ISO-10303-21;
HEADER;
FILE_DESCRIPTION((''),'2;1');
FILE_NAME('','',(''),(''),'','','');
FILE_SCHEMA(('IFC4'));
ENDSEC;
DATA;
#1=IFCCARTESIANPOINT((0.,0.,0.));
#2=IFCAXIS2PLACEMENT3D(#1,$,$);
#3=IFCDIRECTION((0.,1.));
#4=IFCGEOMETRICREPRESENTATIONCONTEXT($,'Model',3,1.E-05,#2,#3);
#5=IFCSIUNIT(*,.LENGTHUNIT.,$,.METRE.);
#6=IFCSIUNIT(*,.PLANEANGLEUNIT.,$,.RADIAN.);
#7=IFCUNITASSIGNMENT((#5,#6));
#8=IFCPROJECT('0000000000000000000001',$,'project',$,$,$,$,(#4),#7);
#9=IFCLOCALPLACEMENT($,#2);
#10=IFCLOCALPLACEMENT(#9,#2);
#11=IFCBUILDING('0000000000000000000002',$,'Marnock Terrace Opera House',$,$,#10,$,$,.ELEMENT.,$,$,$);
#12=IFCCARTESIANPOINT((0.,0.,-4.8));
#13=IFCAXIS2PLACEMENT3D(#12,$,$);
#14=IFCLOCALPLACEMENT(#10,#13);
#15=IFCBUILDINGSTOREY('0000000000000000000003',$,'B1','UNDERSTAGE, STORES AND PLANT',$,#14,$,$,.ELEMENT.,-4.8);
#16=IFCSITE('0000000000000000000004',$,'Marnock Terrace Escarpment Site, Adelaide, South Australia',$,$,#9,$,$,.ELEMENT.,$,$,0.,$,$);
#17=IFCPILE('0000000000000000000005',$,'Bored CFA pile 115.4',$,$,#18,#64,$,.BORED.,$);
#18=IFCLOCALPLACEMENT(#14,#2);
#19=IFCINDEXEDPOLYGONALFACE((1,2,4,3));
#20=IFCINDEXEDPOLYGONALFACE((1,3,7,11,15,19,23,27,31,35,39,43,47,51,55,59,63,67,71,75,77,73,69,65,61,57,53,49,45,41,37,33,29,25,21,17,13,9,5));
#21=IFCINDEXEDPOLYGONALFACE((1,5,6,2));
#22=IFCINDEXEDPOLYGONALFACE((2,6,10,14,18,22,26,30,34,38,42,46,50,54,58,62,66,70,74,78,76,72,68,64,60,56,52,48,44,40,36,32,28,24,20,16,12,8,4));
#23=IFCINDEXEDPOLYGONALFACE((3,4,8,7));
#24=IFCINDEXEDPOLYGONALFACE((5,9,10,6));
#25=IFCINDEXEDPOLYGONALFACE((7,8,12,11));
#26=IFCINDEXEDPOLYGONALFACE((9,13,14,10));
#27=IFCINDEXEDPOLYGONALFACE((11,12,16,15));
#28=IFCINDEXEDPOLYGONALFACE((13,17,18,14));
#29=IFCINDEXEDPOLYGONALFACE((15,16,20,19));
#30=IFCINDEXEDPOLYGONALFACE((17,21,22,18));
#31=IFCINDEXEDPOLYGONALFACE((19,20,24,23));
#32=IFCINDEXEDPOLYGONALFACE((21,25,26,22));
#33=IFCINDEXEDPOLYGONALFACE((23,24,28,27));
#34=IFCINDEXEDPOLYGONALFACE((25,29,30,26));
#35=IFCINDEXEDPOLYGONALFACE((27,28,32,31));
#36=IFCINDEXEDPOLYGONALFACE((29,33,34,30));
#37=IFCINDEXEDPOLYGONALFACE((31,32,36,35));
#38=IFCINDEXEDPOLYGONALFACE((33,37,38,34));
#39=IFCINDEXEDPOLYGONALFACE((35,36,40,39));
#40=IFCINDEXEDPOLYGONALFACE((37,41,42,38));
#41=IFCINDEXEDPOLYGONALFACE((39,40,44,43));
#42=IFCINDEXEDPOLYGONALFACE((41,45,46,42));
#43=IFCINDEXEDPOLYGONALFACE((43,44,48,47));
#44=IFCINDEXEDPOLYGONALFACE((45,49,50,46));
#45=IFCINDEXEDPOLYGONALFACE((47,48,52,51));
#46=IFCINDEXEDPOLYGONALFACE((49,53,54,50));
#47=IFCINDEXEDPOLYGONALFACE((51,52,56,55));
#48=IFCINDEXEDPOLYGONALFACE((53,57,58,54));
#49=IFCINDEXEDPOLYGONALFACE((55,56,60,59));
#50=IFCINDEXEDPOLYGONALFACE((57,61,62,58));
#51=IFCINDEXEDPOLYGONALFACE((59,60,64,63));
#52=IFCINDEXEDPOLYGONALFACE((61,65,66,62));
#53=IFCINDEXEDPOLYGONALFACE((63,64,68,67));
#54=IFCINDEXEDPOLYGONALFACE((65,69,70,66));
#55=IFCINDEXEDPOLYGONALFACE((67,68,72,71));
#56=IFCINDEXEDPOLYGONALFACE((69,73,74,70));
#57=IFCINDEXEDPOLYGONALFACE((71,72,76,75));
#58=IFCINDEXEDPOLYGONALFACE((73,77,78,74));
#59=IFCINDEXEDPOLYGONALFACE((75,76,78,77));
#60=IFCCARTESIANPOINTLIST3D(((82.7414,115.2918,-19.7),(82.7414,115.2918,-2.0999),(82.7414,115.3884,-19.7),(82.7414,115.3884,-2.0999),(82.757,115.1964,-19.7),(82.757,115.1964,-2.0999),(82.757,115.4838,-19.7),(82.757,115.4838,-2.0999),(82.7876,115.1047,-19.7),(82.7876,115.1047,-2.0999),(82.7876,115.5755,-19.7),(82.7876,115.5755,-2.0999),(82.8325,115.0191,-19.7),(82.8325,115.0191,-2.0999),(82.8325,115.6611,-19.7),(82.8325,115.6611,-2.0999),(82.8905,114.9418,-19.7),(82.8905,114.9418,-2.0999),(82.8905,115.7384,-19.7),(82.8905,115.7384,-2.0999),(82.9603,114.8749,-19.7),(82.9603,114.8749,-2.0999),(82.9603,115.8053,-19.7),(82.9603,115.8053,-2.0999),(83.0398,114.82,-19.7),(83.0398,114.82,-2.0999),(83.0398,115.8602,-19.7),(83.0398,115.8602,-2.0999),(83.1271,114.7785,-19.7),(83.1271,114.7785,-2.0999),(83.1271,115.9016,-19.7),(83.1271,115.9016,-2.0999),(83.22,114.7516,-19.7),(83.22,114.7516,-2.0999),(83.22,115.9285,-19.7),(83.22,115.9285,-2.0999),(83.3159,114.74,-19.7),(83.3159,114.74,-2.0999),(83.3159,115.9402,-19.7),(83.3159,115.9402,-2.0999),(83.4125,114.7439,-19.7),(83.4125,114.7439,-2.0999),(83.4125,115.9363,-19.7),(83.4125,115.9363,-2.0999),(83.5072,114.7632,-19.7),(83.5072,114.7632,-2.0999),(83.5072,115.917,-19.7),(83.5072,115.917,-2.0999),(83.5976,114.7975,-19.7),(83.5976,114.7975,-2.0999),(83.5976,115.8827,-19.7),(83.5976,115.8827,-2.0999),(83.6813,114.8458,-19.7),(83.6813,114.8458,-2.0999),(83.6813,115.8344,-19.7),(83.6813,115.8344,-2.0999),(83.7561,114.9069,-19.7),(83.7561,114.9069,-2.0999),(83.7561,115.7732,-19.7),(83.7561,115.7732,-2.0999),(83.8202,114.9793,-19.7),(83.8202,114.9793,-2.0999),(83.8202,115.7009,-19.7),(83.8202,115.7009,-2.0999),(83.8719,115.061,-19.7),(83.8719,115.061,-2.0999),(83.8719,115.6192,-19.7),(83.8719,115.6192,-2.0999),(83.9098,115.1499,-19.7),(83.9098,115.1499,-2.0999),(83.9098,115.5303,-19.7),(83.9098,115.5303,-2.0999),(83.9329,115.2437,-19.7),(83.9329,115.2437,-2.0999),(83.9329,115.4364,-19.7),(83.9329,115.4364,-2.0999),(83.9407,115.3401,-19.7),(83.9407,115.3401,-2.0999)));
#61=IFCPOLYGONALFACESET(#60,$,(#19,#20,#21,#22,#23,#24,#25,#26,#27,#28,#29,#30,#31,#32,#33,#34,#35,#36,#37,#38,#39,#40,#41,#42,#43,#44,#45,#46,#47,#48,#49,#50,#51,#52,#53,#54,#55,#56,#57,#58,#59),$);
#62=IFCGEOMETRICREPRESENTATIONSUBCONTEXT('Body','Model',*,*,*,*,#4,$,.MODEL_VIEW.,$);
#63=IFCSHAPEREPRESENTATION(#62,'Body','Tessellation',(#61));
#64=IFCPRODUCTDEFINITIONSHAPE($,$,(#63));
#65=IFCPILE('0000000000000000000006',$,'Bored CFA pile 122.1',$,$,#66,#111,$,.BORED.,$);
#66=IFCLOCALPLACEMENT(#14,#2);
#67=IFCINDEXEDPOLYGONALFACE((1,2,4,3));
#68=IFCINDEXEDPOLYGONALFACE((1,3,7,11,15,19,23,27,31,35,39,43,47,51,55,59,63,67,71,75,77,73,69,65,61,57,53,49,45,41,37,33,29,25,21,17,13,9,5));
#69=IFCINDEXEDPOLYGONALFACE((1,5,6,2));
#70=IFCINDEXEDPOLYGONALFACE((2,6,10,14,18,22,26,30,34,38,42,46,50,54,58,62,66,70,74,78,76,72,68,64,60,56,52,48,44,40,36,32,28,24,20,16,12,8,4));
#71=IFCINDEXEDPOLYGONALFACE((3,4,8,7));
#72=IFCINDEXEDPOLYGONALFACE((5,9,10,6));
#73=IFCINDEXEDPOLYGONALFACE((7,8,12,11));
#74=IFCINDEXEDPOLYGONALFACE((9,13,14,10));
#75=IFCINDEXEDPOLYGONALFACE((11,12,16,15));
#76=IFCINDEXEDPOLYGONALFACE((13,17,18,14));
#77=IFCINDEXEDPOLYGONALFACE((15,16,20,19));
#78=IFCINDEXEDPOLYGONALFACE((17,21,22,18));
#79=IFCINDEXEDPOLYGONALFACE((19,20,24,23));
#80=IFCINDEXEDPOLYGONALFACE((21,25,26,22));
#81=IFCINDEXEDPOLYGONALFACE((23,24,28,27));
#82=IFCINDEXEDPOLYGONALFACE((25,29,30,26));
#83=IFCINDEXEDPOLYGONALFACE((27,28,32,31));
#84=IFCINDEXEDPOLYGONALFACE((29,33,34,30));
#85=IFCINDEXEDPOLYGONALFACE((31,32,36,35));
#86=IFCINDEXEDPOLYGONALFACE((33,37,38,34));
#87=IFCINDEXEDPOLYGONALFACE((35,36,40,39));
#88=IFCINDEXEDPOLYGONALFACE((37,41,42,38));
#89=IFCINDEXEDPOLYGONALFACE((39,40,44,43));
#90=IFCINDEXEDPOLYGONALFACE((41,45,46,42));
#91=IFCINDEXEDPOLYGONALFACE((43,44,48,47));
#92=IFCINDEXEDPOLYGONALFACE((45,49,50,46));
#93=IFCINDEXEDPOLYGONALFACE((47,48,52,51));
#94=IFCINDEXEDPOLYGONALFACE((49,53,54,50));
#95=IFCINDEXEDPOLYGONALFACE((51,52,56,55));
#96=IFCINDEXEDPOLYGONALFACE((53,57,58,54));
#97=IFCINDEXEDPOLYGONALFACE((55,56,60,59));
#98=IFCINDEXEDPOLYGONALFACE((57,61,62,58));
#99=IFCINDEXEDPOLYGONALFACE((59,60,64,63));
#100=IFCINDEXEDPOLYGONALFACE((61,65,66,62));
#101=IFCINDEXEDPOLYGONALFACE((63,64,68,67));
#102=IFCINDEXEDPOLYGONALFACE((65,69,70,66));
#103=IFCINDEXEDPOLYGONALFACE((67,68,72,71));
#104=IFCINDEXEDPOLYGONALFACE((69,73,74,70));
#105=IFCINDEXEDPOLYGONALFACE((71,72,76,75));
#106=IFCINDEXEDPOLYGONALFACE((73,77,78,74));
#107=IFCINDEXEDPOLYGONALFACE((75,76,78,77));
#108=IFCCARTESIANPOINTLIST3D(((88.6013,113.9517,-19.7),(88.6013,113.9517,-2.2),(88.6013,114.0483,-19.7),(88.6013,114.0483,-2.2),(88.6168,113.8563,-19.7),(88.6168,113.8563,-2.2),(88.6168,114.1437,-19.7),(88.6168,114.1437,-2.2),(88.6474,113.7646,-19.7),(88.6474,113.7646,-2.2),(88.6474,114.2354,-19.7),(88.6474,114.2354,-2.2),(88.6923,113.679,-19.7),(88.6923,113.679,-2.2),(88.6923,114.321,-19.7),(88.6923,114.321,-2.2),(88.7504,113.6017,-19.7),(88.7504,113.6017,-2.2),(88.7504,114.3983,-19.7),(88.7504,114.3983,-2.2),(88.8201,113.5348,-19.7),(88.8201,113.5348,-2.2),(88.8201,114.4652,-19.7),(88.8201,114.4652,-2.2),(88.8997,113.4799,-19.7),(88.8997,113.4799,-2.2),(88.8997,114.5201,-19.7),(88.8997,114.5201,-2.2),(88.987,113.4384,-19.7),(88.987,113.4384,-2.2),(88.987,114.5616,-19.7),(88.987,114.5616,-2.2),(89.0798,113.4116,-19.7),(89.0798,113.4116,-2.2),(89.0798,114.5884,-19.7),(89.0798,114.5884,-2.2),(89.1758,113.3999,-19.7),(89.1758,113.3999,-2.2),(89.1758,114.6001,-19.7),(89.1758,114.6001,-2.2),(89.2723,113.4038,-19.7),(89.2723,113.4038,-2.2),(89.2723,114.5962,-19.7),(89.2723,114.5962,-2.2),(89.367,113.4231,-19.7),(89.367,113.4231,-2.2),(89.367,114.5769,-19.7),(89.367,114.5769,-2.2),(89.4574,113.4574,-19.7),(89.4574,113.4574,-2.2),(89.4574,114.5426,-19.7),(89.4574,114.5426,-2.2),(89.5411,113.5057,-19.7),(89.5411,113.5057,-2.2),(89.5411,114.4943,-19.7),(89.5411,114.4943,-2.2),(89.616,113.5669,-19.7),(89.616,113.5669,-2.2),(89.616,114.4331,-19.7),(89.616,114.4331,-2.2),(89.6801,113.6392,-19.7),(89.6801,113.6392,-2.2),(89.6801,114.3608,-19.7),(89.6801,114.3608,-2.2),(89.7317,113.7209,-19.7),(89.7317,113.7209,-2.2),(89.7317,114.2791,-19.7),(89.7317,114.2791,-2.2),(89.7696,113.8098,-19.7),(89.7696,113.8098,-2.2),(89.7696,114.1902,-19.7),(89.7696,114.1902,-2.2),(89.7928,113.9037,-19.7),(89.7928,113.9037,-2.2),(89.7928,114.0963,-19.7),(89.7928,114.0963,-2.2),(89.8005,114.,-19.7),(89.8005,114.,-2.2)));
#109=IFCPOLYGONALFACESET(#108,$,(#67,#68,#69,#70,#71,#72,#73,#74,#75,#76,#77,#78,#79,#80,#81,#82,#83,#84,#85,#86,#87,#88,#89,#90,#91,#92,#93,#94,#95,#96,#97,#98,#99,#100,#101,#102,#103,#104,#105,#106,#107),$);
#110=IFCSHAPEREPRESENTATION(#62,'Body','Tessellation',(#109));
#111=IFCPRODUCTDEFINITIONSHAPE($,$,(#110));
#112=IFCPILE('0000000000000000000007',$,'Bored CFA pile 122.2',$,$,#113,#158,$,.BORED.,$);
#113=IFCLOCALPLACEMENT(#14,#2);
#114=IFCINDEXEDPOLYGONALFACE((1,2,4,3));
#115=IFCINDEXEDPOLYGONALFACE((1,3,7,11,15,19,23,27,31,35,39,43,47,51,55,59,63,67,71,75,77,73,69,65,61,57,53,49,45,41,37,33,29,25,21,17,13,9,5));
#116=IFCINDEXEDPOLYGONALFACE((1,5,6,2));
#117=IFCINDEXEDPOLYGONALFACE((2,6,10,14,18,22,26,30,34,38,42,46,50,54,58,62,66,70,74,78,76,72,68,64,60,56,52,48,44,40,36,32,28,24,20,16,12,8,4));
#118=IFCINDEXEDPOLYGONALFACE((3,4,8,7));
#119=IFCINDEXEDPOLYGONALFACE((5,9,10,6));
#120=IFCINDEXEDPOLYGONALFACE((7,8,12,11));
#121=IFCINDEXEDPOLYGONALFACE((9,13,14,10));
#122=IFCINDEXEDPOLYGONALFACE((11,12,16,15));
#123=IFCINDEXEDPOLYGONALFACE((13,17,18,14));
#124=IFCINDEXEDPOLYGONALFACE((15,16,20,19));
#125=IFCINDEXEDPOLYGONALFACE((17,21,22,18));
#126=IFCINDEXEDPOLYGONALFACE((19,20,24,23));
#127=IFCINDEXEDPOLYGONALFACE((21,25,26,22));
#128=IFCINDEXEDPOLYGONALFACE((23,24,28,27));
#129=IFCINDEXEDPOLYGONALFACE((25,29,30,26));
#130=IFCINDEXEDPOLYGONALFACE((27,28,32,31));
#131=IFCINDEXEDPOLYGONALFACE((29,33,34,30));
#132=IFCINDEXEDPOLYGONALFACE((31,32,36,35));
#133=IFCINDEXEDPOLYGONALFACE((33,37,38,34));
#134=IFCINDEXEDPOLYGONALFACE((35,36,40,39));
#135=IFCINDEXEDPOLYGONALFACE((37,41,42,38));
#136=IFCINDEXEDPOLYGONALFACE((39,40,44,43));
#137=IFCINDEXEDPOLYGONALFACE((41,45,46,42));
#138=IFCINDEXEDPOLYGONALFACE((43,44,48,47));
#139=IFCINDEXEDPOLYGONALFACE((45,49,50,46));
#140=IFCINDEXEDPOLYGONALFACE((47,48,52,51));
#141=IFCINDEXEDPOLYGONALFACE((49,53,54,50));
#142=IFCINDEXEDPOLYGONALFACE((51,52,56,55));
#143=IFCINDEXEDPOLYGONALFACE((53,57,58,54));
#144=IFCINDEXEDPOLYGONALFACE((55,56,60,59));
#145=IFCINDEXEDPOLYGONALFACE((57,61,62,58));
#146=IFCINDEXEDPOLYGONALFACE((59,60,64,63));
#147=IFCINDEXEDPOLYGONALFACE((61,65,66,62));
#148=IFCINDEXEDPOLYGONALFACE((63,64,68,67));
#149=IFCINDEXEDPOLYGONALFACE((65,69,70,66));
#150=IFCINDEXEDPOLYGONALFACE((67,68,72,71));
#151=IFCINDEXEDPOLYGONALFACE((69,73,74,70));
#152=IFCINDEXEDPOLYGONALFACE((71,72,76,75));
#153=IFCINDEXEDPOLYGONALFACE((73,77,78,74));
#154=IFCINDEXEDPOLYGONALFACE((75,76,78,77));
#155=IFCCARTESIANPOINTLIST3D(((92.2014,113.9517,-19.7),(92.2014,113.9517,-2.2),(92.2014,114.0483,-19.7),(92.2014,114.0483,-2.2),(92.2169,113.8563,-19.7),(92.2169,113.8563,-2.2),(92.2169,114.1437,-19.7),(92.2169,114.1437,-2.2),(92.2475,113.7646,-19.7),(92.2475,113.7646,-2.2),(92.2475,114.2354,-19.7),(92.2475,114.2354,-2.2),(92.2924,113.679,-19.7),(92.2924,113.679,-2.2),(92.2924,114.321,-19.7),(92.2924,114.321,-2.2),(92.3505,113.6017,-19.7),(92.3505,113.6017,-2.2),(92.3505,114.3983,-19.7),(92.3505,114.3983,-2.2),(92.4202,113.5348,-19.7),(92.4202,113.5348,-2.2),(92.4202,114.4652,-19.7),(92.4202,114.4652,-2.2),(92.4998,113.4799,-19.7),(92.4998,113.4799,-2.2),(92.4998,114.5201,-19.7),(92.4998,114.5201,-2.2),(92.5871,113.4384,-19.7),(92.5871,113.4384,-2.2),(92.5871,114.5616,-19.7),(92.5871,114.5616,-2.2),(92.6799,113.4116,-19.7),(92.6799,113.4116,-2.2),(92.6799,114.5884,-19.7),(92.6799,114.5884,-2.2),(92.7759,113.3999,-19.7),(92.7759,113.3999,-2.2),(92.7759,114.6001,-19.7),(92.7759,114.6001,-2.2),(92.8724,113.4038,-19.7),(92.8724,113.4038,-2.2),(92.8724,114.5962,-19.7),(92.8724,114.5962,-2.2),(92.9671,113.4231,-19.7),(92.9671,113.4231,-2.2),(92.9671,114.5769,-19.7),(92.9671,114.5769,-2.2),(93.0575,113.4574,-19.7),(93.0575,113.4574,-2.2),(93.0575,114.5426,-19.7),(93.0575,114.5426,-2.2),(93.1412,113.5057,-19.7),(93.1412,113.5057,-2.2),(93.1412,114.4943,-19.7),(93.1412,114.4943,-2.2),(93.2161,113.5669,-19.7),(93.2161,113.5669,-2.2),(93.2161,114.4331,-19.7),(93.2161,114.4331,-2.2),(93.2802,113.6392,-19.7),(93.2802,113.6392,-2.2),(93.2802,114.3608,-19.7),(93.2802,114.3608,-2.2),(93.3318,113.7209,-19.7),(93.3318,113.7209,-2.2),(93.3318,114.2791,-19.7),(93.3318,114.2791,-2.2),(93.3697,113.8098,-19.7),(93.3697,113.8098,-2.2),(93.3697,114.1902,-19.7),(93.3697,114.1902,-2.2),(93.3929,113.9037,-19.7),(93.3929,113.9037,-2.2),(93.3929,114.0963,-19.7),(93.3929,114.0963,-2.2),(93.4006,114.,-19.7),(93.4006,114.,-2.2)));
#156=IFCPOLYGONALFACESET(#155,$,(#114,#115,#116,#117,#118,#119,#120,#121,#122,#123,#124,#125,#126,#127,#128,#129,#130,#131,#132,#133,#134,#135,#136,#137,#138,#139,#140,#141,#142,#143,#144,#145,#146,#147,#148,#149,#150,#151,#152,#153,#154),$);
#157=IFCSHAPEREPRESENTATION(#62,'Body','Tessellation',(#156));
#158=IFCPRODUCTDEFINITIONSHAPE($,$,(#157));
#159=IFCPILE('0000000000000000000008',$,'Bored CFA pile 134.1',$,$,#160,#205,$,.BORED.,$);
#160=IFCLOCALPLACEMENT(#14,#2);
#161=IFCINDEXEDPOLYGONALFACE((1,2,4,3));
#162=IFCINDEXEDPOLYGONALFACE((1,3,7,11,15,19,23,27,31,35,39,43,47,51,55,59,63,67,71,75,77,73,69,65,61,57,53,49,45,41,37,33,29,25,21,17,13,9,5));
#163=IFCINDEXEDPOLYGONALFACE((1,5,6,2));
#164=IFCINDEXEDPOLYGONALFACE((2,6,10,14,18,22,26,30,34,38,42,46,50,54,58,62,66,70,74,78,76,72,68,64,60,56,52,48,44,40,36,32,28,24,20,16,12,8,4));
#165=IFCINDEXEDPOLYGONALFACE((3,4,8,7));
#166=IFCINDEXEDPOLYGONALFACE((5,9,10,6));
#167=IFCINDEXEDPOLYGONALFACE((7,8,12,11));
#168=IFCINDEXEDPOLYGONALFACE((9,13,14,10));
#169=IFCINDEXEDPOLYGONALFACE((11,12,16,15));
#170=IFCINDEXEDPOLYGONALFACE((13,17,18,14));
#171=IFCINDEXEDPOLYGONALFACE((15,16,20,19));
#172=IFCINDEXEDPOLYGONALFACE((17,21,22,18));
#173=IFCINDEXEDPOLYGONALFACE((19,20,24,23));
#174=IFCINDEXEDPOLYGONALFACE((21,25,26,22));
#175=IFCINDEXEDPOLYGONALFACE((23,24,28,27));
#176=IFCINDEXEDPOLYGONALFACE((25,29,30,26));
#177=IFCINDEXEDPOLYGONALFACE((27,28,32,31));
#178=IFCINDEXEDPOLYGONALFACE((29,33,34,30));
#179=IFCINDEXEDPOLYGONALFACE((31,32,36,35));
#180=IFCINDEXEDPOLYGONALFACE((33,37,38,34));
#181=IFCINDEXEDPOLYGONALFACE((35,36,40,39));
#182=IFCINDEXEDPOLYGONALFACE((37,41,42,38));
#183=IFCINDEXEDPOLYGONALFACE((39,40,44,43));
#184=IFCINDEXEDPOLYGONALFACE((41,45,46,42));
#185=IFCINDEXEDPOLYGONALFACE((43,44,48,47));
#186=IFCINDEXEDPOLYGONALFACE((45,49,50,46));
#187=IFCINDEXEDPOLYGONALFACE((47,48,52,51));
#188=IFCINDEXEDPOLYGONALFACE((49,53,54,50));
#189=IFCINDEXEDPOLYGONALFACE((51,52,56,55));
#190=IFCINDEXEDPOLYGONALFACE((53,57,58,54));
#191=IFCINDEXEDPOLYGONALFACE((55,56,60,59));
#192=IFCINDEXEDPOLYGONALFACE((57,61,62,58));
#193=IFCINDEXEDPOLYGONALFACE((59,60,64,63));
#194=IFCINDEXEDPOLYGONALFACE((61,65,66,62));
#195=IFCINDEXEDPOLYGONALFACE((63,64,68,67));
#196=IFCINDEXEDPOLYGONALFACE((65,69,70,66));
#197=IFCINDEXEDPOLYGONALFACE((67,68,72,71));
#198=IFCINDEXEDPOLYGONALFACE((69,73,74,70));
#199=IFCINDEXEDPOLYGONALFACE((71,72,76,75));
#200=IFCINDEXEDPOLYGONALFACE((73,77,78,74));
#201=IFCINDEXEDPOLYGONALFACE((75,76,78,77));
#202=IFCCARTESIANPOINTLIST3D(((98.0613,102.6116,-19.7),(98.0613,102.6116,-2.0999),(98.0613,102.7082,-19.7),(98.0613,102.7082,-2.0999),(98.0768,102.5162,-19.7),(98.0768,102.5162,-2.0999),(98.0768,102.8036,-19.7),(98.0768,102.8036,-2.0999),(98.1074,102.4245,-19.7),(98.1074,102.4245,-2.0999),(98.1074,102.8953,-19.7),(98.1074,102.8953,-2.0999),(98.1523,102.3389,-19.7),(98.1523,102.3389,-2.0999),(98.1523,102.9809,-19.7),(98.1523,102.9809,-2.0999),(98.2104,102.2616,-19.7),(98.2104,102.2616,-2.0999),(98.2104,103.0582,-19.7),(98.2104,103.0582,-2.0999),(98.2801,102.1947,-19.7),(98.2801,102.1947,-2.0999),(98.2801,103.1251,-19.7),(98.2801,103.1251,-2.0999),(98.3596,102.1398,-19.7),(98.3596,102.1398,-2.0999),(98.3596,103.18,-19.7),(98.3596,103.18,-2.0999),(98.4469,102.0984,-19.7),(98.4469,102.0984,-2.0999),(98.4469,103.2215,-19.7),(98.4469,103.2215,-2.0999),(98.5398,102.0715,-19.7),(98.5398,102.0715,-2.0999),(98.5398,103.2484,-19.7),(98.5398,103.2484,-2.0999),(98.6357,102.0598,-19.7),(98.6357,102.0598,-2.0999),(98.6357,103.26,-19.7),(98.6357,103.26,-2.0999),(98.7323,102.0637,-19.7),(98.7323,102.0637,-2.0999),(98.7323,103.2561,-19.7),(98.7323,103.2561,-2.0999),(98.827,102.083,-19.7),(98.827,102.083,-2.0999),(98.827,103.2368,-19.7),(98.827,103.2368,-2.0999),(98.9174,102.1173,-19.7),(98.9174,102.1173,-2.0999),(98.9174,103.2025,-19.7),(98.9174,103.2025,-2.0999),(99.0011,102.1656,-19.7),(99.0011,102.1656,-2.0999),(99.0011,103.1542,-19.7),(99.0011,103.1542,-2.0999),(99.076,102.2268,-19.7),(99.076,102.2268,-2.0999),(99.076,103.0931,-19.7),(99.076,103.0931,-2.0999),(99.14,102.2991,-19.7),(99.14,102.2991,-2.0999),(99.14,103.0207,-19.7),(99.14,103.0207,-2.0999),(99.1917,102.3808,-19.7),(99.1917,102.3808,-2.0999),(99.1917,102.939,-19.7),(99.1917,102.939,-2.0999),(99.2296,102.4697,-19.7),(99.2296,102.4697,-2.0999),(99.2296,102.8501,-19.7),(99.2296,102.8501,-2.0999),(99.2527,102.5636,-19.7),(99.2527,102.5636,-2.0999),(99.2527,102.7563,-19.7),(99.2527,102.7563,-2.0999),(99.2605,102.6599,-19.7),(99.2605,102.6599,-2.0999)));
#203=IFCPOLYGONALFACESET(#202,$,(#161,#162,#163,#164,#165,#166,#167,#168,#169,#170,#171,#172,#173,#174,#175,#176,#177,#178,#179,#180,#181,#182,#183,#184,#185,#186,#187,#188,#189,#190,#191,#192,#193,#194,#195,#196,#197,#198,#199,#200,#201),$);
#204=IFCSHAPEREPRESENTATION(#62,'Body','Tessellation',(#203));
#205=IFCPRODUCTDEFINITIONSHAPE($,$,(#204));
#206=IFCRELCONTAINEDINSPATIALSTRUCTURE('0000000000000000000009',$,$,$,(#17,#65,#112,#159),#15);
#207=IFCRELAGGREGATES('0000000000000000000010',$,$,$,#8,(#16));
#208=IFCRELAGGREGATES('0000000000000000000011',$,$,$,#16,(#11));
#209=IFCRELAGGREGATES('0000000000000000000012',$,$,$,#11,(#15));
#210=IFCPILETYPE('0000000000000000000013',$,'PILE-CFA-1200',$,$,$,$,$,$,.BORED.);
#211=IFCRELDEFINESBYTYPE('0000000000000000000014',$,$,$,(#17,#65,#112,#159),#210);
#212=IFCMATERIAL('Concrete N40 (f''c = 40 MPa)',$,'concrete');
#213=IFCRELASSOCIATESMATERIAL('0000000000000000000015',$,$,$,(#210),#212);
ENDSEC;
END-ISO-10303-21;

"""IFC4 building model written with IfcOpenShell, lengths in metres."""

from ifc_helpers import new_model, si_unit, direction, frame, origin, origin_2d, place, context, subcontext, project, spatial, circle, extrude, material, material_profile, profile_set, type_object, element, save


model = new_model("IFC4")

# Units and contexts
model_context = context("Model", 3, precision=1e-05, world=origin(), true_north=direction((0.0, 1.0)))
body_context = subcontext(model_context, "Body", "Model", "MODEL_VIEW")
ifc_project = project(units=[si_unit("LENGTHUNIT", "METRE"), si_unit("PLANEANGLEUNIT", "RADIAN")], contexts=[model_context])

# Site, building, storey
site_placement = place(None, origin())
site = spatial("IfcSite", under=ifc_project, at=site_placement, Name="Marnock Terrace Escarpment Site, Adelaide, South Australia", CompositionType="ELEMENT", RefElevation=0.0)
building_placement = place(site_placement, origin())
building = spatial("IfcBuilding", under=site, at=building_placement, Name="Marnock Terrace Opera House", CompositionType="ELEMENT")
storey_placement = place(building_placement, frame((0.0, 0.0, -4.8)))
storey = spatial("IfcBuildingStorey", under=building, at=storey_placement, Name="B1", Description="UNDERSTAGE, STORES AND PLANT", CompositionType="ELEMENT", Elevation=-4.8)

# Shared definitions
ifc_material_1 = material(Name="Concrete N40 (f'c = 40 MPa)", Category="concrete")

# Piles
ifc_material_profile_1 = material_profile(ifc_material_1, circle(Radius=0.6006, at=origin_2d()))
ifc_profile_set_1 = profile_set([ifc_material_profile_1], Name="Concrete N40 (f'c = 40 MPa)")
pile_type = type_object("IfcPileType", Name="PILE-CFA-1200", PredefinedType="BORED", material=ifc_profile_set_1)
for number, where, z_axis, x_axis, name in (
    (1, (83.3401, 115.3401, -2.0999), (0.0, 0.0, -1.0), (1.0, 0.0, 0.0), "Bored CFA pile 115.4"),
):
    element("IfcPile", number, at=place(storey_placement, frame(where, z_axis=z_axis, x_axis=x_axis)), inside=storey, type_object=pile_type, Name=name, PredefinedType="BORED", context=body_context, shape_type="SweptSolid", body=[
        extrude(circle(Radius=0.6006, at=origin_2d()), origin(), (0.0, 0.0, 1.0), 17.6001),
    ])
for number, where, z_axis, x_axis, name in (
    (2, (89.2, 114.0, -2.2), (0.0, 0.0, -1.0), (1.0, 0.0, 0.0), "Bored CFA pile 122.1"),
    (3, (92.8, 114.0, -2.2), (0.0, 0.0, -1.0), (1.0, 0.0, 0.0), "Bored CFA pile 122.2"),
):
    element("IfcPile", number, at=place(storey_placement, frame(where, z_axis=z_axis, x_axis=x_axis)), inside=storey, type_object=pile_type, Name=name, PredefinedType="BORED", context=body_context, shape_type="SweptSolid", body=[
        extrude(circle(Radius=0.6006, at=origin_2d()), origin(), (0.0, 0.0, 1.0), 17.5),
    ])
pile_placement = place(storey_placement, frame((98.6599, 102.6599, -2.0999), z_axis=(0.0, 0.0, -1.0), x_axis=(1.0, 0.0, 0.0)))
element("IfcPile", 4, at=pile_placement, inside=storey, type_object=pile_type, Name="Bored CFA pile 134.1", PredefinedType="BORED", context=body_context, shape_type="SweptSolid", body=[
    extrude(circle(Radius=0.6006, at=origin_2d()), origin(), (0.0, 0.0, 1.0), 17.6001),
])

save(model, "model.ifc")
